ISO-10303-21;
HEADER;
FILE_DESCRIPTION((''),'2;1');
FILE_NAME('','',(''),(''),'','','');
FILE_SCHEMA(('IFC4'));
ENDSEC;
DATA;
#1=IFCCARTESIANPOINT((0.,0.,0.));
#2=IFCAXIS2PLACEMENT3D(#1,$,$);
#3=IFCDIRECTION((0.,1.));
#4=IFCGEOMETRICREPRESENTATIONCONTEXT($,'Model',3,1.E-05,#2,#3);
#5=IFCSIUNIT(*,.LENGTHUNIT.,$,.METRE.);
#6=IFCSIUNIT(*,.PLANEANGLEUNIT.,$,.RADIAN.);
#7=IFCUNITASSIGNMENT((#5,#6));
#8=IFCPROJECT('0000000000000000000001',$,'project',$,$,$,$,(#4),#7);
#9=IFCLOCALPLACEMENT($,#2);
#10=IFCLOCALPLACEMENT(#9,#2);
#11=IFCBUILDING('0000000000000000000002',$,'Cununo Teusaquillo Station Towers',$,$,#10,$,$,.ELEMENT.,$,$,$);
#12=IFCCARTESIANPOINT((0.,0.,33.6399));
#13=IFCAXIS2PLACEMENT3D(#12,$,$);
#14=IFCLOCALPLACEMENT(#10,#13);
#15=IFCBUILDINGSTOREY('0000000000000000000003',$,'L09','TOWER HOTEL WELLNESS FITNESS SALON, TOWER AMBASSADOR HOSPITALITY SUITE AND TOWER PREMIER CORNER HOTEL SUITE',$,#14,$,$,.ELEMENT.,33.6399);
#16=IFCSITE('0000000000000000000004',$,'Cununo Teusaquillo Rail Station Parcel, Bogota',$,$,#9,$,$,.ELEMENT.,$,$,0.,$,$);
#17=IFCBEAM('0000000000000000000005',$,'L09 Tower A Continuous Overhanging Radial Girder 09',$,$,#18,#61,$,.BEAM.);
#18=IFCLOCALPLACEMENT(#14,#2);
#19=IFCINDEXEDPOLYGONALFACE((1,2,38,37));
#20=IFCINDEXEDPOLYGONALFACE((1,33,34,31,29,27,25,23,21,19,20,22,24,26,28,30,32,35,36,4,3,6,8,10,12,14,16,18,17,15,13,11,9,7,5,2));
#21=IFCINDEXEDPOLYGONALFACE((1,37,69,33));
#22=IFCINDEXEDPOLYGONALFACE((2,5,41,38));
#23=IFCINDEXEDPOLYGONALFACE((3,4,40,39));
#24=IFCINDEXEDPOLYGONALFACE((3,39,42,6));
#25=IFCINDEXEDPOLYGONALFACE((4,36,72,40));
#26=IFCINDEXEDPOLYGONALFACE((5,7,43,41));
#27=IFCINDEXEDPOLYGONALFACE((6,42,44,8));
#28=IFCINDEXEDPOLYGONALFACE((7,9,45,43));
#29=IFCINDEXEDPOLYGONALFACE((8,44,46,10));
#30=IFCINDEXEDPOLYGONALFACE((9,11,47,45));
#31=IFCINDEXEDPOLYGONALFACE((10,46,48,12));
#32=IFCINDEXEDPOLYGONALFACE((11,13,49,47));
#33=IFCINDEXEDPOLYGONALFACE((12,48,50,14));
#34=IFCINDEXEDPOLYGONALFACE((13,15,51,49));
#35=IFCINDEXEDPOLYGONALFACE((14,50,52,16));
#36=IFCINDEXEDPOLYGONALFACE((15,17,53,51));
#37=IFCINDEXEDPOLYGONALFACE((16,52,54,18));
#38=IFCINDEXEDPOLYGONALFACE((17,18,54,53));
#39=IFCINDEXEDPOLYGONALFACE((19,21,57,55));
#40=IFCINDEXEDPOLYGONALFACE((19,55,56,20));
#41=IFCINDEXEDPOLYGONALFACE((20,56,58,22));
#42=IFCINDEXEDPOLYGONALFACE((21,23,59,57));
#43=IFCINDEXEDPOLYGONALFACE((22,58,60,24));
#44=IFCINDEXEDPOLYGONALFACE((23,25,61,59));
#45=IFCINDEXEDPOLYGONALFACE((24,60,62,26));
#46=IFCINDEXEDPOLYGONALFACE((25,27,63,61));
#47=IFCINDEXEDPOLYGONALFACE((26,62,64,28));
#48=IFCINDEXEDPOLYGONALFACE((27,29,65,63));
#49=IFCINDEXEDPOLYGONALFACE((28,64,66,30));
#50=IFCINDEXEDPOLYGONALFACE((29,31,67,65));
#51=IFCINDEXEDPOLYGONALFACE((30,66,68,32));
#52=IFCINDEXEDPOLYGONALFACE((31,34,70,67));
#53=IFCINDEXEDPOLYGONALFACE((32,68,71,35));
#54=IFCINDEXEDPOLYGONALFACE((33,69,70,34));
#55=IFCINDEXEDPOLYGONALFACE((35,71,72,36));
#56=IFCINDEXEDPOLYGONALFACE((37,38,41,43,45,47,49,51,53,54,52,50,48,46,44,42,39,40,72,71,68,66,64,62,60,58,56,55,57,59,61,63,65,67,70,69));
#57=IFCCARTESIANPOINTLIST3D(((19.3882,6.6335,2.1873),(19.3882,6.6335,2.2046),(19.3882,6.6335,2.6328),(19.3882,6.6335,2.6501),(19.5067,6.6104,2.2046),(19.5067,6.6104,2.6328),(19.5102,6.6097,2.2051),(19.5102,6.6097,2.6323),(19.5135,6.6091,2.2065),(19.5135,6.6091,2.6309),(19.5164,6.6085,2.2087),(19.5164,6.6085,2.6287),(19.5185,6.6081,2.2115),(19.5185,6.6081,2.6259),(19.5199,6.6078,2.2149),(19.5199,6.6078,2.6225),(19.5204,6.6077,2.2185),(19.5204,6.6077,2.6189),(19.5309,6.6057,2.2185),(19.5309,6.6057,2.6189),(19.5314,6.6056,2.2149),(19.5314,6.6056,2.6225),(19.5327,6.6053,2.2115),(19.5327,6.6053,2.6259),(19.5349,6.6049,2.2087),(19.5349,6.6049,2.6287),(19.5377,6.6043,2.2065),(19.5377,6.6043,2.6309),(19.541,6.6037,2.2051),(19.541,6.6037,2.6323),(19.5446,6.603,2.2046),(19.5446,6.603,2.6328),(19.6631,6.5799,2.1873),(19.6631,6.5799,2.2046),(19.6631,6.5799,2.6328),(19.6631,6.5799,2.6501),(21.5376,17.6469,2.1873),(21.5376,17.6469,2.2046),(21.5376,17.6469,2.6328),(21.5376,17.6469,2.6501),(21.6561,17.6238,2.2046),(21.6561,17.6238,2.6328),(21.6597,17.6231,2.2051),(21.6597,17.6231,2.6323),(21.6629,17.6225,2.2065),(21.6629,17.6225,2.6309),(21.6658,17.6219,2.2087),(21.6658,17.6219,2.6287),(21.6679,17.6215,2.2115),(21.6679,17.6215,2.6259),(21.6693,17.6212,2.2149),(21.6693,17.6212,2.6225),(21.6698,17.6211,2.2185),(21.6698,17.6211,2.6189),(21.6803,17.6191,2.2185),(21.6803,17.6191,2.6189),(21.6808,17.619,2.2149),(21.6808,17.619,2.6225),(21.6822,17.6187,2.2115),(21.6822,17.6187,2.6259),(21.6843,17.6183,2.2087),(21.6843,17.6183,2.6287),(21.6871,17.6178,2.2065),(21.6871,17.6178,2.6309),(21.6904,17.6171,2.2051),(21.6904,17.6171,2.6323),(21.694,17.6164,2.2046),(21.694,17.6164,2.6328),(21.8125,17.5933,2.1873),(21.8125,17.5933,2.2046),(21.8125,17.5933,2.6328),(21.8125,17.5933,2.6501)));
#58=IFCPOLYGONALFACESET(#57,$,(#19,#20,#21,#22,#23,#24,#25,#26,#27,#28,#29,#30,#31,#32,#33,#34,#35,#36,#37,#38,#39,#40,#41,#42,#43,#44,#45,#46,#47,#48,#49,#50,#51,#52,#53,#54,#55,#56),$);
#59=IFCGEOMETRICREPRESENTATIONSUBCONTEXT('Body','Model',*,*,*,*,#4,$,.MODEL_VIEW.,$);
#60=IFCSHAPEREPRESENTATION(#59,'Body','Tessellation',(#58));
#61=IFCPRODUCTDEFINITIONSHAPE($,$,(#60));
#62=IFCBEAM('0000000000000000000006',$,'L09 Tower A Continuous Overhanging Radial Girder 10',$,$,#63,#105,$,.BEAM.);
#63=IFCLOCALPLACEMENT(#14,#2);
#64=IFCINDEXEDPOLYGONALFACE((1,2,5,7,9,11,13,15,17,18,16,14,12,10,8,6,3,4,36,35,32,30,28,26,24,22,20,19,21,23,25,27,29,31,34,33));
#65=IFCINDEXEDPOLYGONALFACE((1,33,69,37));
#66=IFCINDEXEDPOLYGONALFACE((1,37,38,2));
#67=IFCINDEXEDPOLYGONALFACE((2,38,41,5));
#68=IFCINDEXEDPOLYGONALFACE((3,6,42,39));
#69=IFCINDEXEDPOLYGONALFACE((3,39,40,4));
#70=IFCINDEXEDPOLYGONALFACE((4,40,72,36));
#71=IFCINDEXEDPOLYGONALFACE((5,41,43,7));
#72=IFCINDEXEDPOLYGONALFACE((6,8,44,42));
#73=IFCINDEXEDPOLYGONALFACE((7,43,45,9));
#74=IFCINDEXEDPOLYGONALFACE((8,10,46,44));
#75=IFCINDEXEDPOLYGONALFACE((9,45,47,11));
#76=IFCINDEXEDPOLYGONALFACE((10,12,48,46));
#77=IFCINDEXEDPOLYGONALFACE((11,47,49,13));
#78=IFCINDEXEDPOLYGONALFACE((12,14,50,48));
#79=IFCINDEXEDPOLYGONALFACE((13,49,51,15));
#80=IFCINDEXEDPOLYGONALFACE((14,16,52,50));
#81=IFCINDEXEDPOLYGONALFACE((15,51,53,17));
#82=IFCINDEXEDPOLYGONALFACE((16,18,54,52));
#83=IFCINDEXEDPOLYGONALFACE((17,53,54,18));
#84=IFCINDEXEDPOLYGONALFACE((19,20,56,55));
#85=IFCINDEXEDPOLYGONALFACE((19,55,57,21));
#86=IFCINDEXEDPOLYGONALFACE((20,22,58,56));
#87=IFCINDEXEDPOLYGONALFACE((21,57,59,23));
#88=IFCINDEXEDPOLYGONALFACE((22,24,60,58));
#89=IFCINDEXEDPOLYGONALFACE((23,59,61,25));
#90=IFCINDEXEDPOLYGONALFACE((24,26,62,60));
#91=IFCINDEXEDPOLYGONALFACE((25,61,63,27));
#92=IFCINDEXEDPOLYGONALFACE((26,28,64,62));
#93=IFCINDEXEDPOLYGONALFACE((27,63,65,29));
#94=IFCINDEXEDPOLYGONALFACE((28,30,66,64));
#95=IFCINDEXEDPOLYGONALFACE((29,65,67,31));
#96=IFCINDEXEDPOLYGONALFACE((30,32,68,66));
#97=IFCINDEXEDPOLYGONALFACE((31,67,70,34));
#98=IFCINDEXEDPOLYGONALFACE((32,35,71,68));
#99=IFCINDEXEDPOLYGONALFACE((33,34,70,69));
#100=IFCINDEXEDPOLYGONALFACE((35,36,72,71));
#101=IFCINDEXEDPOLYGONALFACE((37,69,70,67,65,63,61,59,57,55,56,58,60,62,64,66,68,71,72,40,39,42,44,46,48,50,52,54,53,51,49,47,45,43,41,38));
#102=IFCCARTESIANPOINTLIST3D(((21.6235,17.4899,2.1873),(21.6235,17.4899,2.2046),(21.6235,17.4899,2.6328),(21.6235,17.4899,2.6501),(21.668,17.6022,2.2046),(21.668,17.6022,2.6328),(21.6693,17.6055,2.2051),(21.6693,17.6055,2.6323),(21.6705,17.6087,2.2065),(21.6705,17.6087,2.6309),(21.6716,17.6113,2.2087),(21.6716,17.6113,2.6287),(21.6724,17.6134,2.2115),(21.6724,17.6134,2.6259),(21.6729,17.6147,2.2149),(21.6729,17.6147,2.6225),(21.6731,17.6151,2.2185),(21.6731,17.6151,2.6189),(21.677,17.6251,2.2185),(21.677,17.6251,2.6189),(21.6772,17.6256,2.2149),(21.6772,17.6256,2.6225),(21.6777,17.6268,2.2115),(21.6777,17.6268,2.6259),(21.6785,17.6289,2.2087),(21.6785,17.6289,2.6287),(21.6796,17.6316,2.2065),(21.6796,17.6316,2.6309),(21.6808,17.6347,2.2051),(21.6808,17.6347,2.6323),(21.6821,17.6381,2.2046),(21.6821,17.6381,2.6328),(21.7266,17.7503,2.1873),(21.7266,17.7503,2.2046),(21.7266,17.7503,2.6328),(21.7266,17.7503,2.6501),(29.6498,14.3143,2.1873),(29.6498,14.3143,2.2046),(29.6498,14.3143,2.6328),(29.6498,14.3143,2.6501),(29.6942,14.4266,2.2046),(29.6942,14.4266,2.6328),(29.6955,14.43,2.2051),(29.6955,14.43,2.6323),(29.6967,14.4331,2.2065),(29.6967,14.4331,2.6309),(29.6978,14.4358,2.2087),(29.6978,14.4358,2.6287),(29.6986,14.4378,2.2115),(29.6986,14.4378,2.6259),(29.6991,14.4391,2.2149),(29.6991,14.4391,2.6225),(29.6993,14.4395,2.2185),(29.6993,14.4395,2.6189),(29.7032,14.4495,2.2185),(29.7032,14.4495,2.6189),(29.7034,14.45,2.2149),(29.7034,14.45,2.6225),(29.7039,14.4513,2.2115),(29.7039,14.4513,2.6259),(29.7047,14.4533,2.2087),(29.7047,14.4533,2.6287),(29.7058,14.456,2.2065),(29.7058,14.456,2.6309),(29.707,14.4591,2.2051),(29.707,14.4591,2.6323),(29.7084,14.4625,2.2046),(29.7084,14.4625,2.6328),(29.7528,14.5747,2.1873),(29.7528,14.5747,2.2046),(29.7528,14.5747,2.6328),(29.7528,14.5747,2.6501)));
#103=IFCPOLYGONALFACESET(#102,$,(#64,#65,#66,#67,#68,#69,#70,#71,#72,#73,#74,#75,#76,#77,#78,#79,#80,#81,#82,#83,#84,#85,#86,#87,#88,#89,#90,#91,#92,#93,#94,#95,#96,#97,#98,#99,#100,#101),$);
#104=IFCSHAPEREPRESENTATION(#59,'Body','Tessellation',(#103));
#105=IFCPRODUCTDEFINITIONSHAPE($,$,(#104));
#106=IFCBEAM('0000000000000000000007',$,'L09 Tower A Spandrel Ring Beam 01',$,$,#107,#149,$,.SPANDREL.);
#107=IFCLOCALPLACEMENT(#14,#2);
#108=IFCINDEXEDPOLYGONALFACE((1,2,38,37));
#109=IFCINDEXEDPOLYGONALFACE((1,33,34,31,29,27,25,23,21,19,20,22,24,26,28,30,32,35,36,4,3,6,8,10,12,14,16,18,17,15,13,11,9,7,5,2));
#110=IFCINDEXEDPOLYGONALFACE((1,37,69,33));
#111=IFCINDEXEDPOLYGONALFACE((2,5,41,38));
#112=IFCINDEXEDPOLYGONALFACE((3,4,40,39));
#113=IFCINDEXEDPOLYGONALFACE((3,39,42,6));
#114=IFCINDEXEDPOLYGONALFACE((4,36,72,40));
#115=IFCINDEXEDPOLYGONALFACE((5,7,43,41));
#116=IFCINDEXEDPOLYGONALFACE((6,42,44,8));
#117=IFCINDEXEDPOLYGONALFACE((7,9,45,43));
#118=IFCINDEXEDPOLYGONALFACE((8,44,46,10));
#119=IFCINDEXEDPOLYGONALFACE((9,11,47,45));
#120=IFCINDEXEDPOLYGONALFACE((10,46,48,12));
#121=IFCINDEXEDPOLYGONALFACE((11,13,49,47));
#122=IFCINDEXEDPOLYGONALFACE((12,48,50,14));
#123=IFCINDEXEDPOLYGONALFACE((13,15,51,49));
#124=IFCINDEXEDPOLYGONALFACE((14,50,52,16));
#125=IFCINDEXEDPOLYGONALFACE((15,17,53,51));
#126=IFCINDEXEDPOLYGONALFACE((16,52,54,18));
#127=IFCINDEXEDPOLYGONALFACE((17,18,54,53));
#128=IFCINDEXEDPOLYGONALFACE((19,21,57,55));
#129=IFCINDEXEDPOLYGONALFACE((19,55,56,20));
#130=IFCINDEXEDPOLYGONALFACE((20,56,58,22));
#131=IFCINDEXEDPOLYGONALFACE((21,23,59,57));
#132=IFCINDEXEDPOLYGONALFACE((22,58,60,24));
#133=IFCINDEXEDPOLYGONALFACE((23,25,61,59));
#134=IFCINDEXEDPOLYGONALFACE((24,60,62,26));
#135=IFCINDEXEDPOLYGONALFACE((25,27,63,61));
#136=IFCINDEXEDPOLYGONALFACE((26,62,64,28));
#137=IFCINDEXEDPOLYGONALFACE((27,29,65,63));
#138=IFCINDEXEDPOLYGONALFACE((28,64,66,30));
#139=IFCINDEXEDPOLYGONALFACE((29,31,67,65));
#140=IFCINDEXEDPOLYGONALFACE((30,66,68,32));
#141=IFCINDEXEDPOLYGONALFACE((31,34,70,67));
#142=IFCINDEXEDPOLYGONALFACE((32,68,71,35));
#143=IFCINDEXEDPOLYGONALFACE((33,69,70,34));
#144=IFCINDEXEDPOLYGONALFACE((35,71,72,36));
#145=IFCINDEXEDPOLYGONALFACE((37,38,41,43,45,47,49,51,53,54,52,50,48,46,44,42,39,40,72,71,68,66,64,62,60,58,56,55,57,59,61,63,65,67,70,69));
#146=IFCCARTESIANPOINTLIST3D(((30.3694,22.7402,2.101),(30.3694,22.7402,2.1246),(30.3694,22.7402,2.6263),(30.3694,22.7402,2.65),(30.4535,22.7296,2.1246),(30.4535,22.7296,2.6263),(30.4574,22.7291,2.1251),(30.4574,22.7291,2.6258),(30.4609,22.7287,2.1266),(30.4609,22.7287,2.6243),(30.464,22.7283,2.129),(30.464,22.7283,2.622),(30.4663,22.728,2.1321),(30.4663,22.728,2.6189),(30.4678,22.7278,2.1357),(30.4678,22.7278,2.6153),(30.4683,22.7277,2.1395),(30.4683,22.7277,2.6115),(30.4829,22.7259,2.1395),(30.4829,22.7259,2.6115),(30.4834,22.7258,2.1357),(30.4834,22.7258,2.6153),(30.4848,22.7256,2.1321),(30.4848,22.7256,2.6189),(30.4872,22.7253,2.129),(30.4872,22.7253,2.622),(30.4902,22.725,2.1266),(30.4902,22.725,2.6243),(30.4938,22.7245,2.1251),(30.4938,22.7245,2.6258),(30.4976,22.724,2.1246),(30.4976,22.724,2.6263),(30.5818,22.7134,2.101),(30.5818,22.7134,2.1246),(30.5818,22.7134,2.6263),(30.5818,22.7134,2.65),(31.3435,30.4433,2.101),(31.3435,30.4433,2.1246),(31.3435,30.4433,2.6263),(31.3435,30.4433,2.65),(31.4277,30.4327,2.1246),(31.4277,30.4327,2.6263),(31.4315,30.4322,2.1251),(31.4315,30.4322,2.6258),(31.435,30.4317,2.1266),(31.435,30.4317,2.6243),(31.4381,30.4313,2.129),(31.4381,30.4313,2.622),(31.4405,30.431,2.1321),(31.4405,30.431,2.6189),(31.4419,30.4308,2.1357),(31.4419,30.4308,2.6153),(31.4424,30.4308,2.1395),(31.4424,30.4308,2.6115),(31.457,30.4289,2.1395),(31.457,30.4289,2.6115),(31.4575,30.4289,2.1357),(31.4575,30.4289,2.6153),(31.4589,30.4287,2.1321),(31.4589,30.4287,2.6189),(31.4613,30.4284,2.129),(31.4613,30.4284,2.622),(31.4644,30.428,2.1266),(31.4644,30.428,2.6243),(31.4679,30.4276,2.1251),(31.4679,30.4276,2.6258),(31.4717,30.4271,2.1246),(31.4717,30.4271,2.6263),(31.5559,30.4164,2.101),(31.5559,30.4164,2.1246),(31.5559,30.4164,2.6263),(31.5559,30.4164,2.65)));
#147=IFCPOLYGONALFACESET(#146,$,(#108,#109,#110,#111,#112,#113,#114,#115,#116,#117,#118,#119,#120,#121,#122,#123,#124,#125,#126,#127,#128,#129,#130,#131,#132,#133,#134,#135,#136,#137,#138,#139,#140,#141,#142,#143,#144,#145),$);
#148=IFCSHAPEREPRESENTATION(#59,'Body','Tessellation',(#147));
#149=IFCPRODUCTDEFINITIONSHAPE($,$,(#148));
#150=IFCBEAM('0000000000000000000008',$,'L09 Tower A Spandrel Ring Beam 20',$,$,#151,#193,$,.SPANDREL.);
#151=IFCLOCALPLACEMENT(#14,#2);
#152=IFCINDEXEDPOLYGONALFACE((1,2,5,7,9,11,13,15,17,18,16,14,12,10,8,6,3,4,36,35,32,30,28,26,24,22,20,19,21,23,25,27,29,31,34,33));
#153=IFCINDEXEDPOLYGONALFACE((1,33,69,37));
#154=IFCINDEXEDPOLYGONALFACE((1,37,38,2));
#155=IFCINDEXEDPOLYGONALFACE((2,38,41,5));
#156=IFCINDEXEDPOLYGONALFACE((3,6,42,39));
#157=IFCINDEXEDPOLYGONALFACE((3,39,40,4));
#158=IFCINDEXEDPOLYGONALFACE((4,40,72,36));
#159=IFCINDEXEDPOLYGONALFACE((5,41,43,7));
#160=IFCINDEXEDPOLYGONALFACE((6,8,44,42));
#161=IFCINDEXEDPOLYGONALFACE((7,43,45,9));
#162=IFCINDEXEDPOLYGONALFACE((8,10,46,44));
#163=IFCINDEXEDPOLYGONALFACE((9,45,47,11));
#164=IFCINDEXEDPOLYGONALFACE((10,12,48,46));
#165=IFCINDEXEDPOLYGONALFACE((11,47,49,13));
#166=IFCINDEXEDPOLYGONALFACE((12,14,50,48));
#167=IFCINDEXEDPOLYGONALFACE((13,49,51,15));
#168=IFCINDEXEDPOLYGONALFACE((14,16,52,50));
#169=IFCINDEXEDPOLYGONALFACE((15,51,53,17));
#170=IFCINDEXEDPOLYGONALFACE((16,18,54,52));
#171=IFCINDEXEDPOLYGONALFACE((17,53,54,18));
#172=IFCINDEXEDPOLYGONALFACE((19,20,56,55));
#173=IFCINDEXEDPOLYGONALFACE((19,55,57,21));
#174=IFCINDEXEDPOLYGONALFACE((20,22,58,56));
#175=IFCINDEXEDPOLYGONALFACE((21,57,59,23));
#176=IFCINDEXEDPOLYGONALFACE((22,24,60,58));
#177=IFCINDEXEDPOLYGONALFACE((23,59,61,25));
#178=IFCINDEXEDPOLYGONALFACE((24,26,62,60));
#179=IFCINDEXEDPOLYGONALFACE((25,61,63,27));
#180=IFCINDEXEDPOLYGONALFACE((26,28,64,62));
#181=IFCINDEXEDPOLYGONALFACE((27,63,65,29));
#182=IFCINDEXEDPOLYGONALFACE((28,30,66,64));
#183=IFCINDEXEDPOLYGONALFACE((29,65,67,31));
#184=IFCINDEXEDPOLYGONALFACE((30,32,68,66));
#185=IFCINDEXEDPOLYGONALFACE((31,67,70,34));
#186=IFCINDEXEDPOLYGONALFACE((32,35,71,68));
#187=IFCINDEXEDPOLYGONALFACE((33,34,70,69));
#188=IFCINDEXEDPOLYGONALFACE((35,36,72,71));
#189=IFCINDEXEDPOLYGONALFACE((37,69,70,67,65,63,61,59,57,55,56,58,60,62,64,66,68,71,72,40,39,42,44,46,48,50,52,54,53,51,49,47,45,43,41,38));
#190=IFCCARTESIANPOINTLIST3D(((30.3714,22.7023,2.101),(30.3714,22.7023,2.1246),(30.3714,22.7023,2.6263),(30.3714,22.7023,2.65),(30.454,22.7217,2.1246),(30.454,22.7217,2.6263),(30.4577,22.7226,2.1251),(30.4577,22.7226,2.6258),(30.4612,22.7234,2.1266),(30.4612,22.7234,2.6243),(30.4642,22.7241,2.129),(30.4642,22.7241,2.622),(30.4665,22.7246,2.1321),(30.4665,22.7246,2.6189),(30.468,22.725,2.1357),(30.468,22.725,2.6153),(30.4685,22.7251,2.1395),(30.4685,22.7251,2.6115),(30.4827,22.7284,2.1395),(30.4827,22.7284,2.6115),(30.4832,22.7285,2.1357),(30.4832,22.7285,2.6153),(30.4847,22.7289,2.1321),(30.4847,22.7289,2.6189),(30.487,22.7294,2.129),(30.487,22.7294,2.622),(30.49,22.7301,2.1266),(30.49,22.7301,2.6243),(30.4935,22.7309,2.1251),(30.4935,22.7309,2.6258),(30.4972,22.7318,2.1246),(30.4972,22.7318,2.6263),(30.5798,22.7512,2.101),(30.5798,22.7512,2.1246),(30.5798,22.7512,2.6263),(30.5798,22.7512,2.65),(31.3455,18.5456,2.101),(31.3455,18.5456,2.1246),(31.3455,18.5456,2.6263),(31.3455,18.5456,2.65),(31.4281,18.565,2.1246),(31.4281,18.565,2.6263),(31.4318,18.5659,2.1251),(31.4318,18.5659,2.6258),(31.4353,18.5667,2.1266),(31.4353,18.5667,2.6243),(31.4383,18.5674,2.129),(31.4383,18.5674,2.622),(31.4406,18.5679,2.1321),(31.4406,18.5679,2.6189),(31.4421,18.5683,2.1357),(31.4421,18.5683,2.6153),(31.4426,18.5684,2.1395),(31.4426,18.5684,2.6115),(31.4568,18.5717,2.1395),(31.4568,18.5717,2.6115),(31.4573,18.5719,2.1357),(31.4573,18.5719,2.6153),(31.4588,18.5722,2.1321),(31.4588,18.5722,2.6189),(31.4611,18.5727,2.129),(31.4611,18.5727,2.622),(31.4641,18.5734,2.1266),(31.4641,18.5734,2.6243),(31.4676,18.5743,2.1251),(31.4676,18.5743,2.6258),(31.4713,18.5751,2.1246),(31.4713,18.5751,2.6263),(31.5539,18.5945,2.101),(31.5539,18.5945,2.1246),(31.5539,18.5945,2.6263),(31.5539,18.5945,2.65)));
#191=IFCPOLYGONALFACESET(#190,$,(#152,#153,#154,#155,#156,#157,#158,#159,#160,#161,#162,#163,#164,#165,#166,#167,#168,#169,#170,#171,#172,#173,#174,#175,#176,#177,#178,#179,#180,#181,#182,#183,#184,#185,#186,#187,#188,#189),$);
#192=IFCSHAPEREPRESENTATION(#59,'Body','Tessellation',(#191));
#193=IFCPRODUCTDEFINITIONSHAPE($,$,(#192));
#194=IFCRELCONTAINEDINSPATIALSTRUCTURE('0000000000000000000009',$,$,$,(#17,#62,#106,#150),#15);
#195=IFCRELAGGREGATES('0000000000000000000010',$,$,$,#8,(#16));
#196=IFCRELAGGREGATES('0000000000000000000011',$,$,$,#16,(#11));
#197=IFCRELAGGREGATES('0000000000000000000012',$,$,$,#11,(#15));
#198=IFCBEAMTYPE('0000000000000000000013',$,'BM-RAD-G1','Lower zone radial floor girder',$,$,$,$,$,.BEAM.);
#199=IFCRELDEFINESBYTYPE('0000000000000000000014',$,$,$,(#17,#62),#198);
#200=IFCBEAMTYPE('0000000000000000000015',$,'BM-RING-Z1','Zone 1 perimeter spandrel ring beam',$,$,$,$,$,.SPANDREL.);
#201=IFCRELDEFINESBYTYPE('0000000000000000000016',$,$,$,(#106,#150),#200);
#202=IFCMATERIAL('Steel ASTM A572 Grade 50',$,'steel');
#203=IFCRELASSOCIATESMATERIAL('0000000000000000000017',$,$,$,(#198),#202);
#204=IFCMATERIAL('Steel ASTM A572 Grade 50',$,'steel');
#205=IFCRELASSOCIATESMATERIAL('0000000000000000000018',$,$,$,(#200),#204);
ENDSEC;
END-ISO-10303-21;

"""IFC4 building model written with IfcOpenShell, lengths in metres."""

from ifc_helpers import new_model, si_unit, direction, frame, origin, origin_2d, place, context, subcontext, project, spatial, i_section, extrude, material, material_profile, profile_set, type_object, element, save


model = new_model("IFC4")

# Units and contexts
model_context = context("Model", 3, precision=1e-05, world=origin(), true_north=direction((0.0, 1.0)))
body_context = subcontext(model_context, "Body", "Model", "MODEL_VIEW")
ifc_project = project(units=[si_unit("LENGTHUNIT", "METRE"), si_unit("PLANEANGLEUNIT", "RADIAN")], contexts=[model_context])

# Site, building, storey
site_placement = place(None, origin())
site = spatial("IfcSite", under=ifc_project, at=site_placement, Name="Cununo Teusaquillo Rail Station Parcel, Bogota", CompositionType="ELEMENT", RefElevation=0.0)
building_placement = place(site_placement, origin())
building = spatial("IfcBuilding", under=site, at=building_placement, Name="Cununo Teusaquillo Station Towers", CompositionType="ELEMENT")
storey_placement = place(building_placement, frame((0.0, 0.0, 33.6399)))
storey = spatial("IfcBuildingStorey", under=building, at=storey_placement, Name="L09", Description="TOWER HOTEL WELLNESS FITNESS SALON, TOWER AMBASSADOR HOSPITALITY SUITE AND TOWER PREMIER CORNER HOTEL SUITE", CompositionType="ELEMENT", Elevation=33.6399)

# Beams
ifc_material_1 = material(Name="Steel ASTM A572 Grade 50", Category="steel")
ifc_material_profile_1 = material_profile(ifc_material_1, i_section(OverallWidth=0.28, OverallDepth=0.4629, WebThickness=0.0107, FlangeThickness=0.0173, FilletRadius=0.0139, at=origin_2d()), Name="W18X76")
ifc_profile_set_1 = profile_set([ifc_material_profile_1], Name="Steel ASTM A572 Grade 50")
beam_type_1 = type_object("IfcBeamType", Name="BM-RAD-G1", Description="Lower zone radial floor girder", PredefinedType="BEAM", material=ifc_profile_set_1)
beam_1_placement = place(storey_placement, frame((21.675, 17.6201, 2.4187), z_axis=(-0.191549, -0.981483, 0.0), x_axis=(0.981483, -0.191549, 0.0)))
element("IfcBeam", 1, at=beam_1_placement, inside=storey, type_object=beam_type_1, Name="L09 Tower A Continuous Overhanging Radial Girder 09", PredefinedType="BEAM", context=body_context, shape_type="SweptSolid", body=[
    extrude(i_section(OverallWidth=0.28, OverallDepth=0.4629, WebThickness=0.0107, FlangeThickness=0.0173, FilletRadius=0.0139, at=origin_2d()), origin(), (0.0, 0.0, 1.0), 11.2212),
])
beam_2_placement = place(storey_placement, frame((21.675, 17.6201, 2.4187), z_axis=(0.929865, -0.367901, 0.0), x_axis=(0.367901, 0.929865, 0.0)))
element("IfcBeam", 2, at=beam_2_placement, inside=storey, type_object=beam_type_1, Name="L09 Tower A Continuous Overhanging Radial Girder 10", PredefinedType="BEAM", context=body_context, shape_type="SweptSolid", body=[
    extrude(i_section(OverallWidth=0.28, OverallDepth=0.4629, WebThickness=0.0107, FlangeThickness=0.0173, FilletRadius=0.0139, at=origin_2d()), origin(), (0.0, 0.0, 1.0), 8.6316),
])
ifc_material_2 = material(Name="Steel ASTM A572 Grade 50", Category="steel")
ifc_material_profile_2 = material_profile(ifc_material_2, i_section(OverallWidth=0.2141, OverallDepth=0.5491, WebThickness=0.0146, FlangeThickness=0.0237, FilletRadius=0.0149, at=origin_2d()), Name="W21X93")
ifc_profile_set_2 = profile_set([ifc_material_profile_2], Name="Steel ASTM A572 Grade 50")
beam_type_2 = type_object("IfcBeamType", Name="BM-RING-Z1", Description="Zone 1 perimeter spandrel ring beam", PredefinedType="SPANDREL", material=ifc_profile_set_2)
beam_3_placement = place(storey_placement, frame((30.4756, 22.7268, 2.3755), z_axis=(0.125459, 0.992099, 0.0), x_axis=(-0.992099, 0.125459, 0.0)))
element("IfcBeam", 3, at=beam_3_placement, inside=storey, type_object=beam_type_2, Name="L09 Tower A Spandrel Ring Beam 01", PredefinedType="SPANDREL", context=body_context, shape_type="SweptSolid", body=[
    extrude(i_section(OverallWidth=0.2141, OverallDepth=0.5491, WebThickness=0.0146, FlangeThickness=0.0237, FilletRadius=0.0149, at=origin_2d()), origin(), (0.0, 0.0, 1.0), 7.7644),
])
beam_4_placement = place(storey_placement, frame((31.4497, 18.5701, 2.3755), z_axis=(-0.228166, 0.973622, 0.0), x_axis=(-0.973622, -0.228166, 0.0)))
element("IfcBeam", 4, at=beam_4_placement, inside=storey, type_object=beam_type_2, Name="L09 Tower A Spandrel Ring Beam 20", PredefinedType="SPANDREL", context=body_context, shape_type="SweptSolid", body=[
    extrude(i_section(OverallWidth=0.2141, OverallDepth=0.5491, WebThickness=0.0146, FlangeThickness=0.0237, FilletRadius=0.0149, at=origin_2d()), origin(), (0.0, 0.0, 1.0), 4.2693),
])

save(model, "model.ifc")
